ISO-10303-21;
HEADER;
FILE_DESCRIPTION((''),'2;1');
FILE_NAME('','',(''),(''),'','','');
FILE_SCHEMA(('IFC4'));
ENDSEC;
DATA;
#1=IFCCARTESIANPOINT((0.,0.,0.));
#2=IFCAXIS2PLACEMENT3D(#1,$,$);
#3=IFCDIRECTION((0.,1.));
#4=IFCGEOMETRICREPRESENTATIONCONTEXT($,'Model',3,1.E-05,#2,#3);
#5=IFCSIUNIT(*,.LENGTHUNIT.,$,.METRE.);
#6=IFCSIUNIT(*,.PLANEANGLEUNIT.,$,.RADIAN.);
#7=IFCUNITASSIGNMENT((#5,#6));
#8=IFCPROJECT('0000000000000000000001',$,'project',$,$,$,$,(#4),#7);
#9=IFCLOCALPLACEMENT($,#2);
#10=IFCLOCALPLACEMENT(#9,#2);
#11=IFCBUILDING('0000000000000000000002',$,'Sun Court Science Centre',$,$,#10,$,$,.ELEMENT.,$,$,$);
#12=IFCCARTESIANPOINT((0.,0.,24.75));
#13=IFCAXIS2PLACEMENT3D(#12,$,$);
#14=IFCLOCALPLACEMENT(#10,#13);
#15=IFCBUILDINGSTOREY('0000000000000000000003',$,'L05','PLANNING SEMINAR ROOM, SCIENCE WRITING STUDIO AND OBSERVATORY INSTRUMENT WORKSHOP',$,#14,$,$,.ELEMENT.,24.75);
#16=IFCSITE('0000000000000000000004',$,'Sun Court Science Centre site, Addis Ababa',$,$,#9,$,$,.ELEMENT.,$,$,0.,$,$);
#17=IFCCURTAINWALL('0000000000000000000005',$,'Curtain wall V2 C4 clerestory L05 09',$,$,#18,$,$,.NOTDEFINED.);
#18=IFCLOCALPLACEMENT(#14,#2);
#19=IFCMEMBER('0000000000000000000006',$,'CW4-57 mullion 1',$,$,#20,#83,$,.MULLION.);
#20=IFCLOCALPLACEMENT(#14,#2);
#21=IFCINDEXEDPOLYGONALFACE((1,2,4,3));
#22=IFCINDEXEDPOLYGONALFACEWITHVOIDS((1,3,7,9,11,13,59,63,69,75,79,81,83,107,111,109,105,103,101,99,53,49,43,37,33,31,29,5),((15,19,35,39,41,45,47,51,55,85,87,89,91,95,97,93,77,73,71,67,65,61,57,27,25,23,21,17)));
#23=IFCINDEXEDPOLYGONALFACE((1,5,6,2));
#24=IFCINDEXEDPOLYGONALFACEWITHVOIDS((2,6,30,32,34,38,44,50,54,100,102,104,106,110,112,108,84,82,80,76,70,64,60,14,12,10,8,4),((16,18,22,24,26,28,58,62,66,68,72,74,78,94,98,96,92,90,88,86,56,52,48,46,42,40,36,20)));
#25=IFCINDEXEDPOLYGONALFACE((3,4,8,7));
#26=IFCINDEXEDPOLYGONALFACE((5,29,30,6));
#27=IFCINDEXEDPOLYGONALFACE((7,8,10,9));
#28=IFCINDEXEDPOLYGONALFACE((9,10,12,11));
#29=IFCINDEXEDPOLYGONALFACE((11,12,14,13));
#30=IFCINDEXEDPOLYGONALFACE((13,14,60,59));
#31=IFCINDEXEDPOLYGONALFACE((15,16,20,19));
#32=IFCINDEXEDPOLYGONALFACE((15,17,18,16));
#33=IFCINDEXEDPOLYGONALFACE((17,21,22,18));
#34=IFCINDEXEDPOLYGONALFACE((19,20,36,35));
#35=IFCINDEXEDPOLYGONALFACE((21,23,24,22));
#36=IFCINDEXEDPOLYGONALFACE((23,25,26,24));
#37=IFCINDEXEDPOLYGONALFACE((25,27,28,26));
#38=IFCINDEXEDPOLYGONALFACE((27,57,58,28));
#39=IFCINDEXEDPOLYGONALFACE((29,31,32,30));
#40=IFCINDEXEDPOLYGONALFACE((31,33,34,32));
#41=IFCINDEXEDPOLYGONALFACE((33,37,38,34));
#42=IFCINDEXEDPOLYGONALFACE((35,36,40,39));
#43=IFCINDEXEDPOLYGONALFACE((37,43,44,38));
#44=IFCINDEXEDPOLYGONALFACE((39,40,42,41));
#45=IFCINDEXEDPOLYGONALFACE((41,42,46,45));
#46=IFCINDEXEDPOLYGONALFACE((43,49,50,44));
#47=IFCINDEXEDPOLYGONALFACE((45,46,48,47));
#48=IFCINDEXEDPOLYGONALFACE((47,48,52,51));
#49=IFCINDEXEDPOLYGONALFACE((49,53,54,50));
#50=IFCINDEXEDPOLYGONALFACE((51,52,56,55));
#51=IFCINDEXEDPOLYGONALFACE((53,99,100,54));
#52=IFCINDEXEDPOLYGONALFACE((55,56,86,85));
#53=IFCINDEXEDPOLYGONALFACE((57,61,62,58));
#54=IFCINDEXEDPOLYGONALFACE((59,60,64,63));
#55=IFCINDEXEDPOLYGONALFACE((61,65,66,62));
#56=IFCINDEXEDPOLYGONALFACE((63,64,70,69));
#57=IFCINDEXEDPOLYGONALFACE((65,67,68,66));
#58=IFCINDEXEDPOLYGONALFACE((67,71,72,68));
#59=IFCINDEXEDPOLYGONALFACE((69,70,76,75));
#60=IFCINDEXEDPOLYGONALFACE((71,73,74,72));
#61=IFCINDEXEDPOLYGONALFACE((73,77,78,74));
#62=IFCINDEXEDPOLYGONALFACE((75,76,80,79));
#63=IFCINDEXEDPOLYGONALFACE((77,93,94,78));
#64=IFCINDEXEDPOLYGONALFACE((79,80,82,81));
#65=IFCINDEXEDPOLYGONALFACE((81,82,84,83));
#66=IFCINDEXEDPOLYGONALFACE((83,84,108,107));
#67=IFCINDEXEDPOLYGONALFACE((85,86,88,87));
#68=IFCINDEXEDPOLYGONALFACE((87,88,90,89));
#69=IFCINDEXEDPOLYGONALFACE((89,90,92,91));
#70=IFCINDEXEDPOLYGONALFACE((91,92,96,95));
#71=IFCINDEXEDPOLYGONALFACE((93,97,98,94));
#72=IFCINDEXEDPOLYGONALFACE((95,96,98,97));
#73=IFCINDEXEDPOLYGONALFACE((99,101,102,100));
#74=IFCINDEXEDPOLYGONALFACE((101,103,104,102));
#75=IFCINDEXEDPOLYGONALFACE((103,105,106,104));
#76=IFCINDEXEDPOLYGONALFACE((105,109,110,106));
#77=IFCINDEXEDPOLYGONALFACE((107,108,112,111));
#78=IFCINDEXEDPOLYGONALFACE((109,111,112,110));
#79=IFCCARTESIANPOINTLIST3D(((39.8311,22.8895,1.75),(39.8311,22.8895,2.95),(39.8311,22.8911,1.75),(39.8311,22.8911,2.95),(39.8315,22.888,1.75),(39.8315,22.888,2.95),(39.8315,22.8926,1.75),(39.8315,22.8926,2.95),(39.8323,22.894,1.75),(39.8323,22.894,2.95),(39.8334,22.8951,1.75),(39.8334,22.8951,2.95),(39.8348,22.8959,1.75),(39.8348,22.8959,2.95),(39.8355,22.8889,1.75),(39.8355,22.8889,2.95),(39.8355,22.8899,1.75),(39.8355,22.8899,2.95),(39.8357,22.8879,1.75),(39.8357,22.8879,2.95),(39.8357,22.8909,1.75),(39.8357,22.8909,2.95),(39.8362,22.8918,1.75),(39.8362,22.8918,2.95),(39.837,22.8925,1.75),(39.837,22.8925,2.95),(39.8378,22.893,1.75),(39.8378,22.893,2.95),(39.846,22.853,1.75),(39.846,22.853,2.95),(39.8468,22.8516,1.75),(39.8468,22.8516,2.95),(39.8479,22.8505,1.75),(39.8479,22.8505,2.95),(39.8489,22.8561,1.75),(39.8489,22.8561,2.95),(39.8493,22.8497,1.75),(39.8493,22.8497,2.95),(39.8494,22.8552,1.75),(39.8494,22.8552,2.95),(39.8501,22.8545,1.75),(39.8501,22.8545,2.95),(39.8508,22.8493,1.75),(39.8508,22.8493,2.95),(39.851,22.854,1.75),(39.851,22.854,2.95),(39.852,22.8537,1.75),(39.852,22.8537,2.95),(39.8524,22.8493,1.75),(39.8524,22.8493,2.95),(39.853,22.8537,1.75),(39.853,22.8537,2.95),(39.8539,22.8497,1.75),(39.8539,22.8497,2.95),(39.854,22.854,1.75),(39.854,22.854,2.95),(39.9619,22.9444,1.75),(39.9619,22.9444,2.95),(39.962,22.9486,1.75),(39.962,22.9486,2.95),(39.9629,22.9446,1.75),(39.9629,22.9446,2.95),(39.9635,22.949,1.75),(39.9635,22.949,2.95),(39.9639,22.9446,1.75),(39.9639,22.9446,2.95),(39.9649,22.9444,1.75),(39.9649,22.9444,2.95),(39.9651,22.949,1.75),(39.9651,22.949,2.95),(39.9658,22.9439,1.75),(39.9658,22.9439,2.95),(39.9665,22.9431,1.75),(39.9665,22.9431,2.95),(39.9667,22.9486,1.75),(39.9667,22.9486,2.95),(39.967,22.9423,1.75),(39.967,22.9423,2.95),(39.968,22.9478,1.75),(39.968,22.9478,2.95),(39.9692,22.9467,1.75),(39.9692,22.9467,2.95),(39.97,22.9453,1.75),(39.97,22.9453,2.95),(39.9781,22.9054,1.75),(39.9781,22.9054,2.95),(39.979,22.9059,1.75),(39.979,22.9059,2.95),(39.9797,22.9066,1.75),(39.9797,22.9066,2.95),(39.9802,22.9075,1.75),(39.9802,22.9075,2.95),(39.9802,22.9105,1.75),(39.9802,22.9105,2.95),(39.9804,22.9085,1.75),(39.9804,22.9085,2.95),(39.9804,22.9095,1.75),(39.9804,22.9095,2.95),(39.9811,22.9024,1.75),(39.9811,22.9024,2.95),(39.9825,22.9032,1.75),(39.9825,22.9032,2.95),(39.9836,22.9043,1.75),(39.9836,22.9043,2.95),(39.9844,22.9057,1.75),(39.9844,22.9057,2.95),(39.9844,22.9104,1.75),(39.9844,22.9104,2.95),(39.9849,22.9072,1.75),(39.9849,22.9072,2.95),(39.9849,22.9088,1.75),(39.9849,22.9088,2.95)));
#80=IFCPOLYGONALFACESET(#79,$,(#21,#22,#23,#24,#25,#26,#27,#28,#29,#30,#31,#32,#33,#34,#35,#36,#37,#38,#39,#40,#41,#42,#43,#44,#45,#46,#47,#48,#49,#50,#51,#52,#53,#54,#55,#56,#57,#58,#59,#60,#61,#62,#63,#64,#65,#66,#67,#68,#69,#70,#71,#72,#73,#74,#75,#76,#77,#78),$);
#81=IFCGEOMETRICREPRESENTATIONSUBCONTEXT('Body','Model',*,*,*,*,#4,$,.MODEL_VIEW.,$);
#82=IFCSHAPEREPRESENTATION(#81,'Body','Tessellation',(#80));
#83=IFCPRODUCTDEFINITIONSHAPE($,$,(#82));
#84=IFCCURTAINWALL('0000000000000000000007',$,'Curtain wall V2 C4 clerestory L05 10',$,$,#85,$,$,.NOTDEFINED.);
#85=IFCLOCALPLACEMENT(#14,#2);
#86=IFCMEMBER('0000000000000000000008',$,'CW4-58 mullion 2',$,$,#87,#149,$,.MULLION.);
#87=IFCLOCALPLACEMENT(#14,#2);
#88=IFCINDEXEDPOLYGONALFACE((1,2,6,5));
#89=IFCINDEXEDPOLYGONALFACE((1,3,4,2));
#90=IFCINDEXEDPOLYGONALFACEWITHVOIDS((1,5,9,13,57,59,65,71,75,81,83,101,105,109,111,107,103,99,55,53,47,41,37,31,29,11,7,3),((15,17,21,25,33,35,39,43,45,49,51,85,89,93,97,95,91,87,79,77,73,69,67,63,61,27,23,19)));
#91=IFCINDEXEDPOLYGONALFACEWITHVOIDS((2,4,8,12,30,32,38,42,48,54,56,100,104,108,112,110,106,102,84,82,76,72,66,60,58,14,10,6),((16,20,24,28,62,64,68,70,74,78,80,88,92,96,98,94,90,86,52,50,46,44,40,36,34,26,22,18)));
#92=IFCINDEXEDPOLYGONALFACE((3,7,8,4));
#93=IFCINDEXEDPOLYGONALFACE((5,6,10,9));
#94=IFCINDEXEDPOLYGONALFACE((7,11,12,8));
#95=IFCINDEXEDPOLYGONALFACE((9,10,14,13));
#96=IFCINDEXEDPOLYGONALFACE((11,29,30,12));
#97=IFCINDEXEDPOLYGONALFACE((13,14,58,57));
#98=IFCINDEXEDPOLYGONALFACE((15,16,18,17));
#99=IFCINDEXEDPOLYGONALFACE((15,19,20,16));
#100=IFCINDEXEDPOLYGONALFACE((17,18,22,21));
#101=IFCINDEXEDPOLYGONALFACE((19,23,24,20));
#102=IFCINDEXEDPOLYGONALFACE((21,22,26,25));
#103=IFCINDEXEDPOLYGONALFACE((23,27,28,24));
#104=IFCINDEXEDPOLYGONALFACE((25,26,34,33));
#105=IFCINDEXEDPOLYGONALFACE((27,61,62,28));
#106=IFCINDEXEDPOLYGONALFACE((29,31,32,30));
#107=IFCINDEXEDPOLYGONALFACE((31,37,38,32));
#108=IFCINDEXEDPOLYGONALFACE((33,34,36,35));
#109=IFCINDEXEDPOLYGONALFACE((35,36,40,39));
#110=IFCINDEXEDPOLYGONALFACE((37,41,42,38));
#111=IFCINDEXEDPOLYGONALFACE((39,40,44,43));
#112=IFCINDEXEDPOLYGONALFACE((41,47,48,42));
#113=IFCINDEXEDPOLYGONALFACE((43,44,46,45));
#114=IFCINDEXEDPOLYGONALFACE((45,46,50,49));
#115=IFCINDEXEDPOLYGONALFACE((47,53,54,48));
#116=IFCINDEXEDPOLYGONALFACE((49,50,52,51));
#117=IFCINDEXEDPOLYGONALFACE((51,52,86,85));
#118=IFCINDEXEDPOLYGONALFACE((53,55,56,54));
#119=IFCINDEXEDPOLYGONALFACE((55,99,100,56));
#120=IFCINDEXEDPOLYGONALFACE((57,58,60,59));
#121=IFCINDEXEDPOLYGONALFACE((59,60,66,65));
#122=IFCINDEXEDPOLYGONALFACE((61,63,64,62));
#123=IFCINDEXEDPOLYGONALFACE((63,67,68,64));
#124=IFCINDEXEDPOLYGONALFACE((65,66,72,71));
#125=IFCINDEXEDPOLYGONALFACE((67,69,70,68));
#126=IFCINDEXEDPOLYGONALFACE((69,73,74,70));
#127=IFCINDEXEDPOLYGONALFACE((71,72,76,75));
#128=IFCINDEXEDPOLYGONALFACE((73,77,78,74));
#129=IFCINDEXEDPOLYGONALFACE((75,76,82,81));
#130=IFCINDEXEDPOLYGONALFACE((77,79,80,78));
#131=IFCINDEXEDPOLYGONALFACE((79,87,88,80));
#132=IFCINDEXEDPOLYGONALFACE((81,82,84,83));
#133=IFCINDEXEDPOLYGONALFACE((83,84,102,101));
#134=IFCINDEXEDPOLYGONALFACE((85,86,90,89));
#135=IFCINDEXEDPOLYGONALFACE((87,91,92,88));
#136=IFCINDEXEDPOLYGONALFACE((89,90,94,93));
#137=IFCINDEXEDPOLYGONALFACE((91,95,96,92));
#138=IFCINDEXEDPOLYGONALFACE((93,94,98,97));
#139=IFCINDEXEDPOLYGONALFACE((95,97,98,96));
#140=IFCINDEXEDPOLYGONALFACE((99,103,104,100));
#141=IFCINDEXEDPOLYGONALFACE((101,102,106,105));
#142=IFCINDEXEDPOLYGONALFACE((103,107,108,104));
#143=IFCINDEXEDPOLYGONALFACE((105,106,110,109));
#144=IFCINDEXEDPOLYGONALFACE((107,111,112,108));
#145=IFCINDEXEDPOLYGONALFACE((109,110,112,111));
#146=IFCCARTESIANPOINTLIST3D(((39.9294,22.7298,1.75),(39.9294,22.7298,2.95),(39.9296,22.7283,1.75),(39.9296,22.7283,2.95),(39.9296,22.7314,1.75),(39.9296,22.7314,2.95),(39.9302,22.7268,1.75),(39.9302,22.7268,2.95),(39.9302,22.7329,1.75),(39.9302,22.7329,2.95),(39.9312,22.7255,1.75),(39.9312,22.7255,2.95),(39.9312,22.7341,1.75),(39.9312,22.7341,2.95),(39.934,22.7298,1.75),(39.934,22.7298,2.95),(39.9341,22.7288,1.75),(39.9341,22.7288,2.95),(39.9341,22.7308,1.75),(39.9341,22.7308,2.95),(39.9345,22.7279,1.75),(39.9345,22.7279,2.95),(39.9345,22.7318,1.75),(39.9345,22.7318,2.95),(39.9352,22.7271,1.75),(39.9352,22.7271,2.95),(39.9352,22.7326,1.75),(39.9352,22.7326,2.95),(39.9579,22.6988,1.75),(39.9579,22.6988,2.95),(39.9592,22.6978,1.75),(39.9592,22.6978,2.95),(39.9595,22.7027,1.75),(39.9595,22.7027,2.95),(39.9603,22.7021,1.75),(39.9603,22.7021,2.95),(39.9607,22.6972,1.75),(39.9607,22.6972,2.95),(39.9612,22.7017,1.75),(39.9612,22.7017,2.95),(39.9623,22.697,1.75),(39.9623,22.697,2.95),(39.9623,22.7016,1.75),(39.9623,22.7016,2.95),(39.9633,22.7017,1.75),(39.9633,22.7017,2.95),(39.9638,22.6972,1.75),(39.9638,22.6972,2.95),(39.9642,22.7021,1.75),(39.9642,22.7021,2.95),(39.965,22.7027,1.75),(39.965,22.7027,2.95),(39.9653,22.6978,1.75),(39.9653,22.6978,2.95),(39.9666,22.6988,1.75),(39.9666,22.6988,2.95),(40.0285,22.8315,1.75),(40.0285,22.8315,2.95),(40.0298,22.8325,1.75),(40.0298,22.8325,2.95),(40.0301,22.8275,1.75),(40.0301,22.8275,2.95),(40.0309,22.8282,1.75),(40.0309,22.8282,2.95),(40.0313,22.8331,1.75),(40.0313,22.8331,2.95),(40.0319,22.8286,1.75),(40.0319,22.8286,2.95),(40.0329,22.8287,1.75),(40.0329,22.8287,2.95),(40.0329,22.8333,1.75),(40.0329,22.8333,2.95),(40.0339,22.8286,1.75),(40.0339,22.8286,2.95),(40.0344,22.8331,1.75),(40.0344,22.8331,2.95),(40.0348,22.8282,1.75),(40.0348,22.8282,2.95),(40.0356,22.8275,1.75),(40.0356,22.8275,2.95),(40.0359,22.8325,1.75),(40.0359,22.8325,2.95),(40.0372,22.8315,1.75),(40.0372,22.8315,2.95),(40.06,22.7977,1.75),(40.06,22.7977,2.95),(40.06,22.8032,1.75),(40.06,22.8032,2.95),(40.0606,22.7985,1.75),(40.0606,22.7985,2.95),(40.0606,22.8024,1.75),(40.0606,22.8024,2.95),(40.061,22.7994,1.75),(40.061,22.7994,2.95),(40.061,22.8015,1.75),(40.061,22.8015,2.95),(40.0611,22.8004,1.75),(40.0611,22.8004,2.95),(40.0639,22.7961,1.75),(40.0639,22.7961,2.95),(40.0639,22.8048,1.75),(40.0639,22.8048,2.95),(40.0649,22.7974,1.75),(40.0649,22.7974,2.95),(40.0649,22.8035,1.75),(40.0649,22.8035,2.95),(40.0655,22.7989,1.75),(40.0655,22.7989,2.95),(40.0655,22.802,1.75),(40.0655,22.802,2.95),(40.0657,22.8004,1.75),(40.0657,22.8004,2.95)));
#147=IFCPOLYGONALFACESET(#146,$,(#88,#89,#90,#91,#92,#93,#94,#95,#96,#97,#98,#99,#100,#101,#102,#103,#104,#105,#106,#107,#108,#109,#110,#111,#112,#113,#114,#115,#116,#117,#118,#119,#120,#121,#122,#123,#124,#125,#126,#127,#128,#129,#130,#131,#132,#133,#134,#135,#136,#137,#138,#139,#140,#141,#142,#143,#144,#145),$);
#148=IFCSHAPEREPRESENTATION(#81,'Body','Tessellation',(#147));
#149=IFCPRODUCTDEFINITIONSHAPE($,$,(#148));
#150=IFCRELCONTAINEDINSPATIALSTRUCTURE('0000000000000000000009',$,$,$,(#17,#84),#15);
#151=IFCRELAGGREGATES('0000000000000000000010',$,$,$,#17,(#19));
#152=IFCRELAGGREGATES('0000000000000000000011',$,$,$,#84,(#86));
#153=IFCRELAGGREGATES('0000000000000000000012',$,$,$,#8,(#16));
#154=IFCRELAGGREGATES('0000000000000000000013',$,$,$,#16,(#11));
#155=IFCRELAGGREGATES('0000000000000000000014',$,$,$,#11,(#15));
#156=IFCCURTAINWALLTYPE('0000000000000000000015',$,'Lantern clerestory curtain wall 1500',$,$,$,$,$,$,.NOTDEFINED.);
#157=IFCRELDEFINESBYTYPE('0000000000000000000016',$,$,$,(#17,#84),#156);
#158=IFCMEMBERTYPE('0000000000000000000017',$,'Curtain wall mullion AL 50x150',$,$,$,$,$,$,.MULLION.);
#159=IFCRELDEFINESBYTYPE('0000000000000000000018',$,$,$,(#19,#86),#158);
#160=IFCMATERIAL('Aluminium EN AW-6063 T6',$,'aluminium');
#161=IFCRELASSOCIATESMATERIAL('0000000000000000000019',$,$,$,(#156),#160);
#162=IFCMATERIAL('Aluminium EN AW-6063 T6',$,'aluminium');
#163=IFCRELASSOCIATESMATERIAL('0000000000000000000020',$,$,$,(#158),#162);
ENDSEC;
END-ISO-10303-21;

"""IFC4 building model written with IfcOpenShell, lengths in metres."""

from ifc_helpers import new_model, si_unit, direction, frame, origin, origin_2d, place, context, subcontext, project, spatial, hollow_rectangle, extrude, material, material_profile, profile_set, type_object, element, aggregate, save


model = new_model("IFC4")

# Units and contexts
model_context = context("Model", 3, precision=1e-05, world=origin(), true_north=direction((0.0, 1.0)))
body_context = subcontext(model_context, "Body", "Model", "MODEL_VIEW")
ifc_project = project(units=[si_unit("LENGTHUNIT", "METRE"), si_unit("PLANEANGLEUNIT", "RADIAN")], contexts=[model_context])

# Site, building, storey
site_placement = place(None, origin())
site = spatial("IfcSite", under=ifc_project, at=site_placement, Name="Sun Court Science Centre site, Addis Ababa", CompositionType="ELEMENT", RefElevation=0.0)
building_placement = place(site_placement, origin())
building = spatial("IfcBuilding", under=site, at=building_placement, Name="Sun Court Science Centre", CompositionType="ELEMENT")
storey_placement = place(building_placement, frame((0.0, 0.0, 24.75)))
storey = spatial("IfcBuildingStorey", under=building, at=storey_placement, Name="L05", Description="PLANNING SEMINAR ROOM, SCIENCE WRITING STUDIO AND OBSERVATORY INSTRUMENT WORKSHOP", CompositionType="ELEMENT", Elevation=24.75)

# Curtain wall, member
ifc_material_1 = material(Name="Aluminium EN AW-6063 T6", Category="aluminium")
curtain_wall_type = type_object("IfcCurtainWallType", Name="Lantern clerestory curtain wall 1500", PredefinedType="NOTDEFINED", material=ifc_material_1)
curtain_wall_1_placement = place(storey_placement, origin())
curtain_wall_1 = element("IfcCurtainWall", 1, at=curtain_wall_1_placement, inside=storey, type_object=curtain_wall_type, Name="Curtain wall V2 C4 clerestory L05 09", PredefinedType="NOTDEFINED")
ifc_material_2 = material(Name="Aluminium EN AW-6063 T6", Category="aluminium")
ifc_material_profile_1 = material_profile(ifc_material_2, hollow_rectangle(XDim=0.05, YDim=0.1499, WallThickness=0.0039, InnerFilletRadius=0.0039, OuterFilletRadius=0.0061, at=origin_2d()), Name="AL 50x150x4")
ifc_profile_set_1 = profile_set([ifc_material_profile_1], Name="Aluminium EN AW-6063 T6")
member_type_1 = type_object("IfcMemberType", Name="Curtain wall mullion AL 50x150", PredefinedType="MULLION", material=ifc_profile_set_1)
member_1_placement = place(storey_placement, frame((39.908, 22.8992, 1.75), z_axis=(0.0, 0.0, 1.0), x_axis=(-0.382683, 0.92388, 0.0)))
member_1 = element("IfcMember", 2, at=member_1_placement, type_object=member_type_1, Name="CW4-57 mullion 1", PredefinedType="MULLION", context=body_context, shape_type="SweptSolid", body=[
    extrude(hollow_rectangle(XDim=0.05, YDim=0.1499, WallThickness=0.0039, InnerFilletRadius=0.0039, OuterFilletRadius=0.0061, at=origin_2d()), origin(), (0.0, 0.0, 1.0), 1.2),
])

# Curtain wall, member
curtain_wall_2_placement = place(storey_placement, origin())
curtain_wall_2 = element("IfcCurtainWall", 3, at=curtain_wall_2_placement, inside=storey, type_object=curtain_wall_type, Name="Curtain wall V2 C4 clerestory L05 10", PredefinedType="NOTDEFINED")
member_2_placement = place(storey_placement, frame((39.9976, 22.7651, 1.75), z_axis=(0.0, 0.0, 1.0), x_axis=(-0.707107, 0.707107, 0.0)))
member_2 = element("IfcMember", 4, at=member_2_placement, type_object=member_type_1, Name="CW4-58 mullion 2", PredefinedType="MULLION", context=body_context, shape_type="SweptSolid", body=[
    extrude(hollow_rectangle(XDim=0.05, YDim=0.1499, WallThickness=0.0039, InnerFilletRadius=0.0039, OuterFilletRadius=0.0061, at=origin_2d()), origin(), (0.0, 0.0, 1.0), 1.2),
])

aggregate(curtain_wall_1, [member_1])
aggregate(curtain_wall_2, [member_2])

save(model, "model.ifc")
